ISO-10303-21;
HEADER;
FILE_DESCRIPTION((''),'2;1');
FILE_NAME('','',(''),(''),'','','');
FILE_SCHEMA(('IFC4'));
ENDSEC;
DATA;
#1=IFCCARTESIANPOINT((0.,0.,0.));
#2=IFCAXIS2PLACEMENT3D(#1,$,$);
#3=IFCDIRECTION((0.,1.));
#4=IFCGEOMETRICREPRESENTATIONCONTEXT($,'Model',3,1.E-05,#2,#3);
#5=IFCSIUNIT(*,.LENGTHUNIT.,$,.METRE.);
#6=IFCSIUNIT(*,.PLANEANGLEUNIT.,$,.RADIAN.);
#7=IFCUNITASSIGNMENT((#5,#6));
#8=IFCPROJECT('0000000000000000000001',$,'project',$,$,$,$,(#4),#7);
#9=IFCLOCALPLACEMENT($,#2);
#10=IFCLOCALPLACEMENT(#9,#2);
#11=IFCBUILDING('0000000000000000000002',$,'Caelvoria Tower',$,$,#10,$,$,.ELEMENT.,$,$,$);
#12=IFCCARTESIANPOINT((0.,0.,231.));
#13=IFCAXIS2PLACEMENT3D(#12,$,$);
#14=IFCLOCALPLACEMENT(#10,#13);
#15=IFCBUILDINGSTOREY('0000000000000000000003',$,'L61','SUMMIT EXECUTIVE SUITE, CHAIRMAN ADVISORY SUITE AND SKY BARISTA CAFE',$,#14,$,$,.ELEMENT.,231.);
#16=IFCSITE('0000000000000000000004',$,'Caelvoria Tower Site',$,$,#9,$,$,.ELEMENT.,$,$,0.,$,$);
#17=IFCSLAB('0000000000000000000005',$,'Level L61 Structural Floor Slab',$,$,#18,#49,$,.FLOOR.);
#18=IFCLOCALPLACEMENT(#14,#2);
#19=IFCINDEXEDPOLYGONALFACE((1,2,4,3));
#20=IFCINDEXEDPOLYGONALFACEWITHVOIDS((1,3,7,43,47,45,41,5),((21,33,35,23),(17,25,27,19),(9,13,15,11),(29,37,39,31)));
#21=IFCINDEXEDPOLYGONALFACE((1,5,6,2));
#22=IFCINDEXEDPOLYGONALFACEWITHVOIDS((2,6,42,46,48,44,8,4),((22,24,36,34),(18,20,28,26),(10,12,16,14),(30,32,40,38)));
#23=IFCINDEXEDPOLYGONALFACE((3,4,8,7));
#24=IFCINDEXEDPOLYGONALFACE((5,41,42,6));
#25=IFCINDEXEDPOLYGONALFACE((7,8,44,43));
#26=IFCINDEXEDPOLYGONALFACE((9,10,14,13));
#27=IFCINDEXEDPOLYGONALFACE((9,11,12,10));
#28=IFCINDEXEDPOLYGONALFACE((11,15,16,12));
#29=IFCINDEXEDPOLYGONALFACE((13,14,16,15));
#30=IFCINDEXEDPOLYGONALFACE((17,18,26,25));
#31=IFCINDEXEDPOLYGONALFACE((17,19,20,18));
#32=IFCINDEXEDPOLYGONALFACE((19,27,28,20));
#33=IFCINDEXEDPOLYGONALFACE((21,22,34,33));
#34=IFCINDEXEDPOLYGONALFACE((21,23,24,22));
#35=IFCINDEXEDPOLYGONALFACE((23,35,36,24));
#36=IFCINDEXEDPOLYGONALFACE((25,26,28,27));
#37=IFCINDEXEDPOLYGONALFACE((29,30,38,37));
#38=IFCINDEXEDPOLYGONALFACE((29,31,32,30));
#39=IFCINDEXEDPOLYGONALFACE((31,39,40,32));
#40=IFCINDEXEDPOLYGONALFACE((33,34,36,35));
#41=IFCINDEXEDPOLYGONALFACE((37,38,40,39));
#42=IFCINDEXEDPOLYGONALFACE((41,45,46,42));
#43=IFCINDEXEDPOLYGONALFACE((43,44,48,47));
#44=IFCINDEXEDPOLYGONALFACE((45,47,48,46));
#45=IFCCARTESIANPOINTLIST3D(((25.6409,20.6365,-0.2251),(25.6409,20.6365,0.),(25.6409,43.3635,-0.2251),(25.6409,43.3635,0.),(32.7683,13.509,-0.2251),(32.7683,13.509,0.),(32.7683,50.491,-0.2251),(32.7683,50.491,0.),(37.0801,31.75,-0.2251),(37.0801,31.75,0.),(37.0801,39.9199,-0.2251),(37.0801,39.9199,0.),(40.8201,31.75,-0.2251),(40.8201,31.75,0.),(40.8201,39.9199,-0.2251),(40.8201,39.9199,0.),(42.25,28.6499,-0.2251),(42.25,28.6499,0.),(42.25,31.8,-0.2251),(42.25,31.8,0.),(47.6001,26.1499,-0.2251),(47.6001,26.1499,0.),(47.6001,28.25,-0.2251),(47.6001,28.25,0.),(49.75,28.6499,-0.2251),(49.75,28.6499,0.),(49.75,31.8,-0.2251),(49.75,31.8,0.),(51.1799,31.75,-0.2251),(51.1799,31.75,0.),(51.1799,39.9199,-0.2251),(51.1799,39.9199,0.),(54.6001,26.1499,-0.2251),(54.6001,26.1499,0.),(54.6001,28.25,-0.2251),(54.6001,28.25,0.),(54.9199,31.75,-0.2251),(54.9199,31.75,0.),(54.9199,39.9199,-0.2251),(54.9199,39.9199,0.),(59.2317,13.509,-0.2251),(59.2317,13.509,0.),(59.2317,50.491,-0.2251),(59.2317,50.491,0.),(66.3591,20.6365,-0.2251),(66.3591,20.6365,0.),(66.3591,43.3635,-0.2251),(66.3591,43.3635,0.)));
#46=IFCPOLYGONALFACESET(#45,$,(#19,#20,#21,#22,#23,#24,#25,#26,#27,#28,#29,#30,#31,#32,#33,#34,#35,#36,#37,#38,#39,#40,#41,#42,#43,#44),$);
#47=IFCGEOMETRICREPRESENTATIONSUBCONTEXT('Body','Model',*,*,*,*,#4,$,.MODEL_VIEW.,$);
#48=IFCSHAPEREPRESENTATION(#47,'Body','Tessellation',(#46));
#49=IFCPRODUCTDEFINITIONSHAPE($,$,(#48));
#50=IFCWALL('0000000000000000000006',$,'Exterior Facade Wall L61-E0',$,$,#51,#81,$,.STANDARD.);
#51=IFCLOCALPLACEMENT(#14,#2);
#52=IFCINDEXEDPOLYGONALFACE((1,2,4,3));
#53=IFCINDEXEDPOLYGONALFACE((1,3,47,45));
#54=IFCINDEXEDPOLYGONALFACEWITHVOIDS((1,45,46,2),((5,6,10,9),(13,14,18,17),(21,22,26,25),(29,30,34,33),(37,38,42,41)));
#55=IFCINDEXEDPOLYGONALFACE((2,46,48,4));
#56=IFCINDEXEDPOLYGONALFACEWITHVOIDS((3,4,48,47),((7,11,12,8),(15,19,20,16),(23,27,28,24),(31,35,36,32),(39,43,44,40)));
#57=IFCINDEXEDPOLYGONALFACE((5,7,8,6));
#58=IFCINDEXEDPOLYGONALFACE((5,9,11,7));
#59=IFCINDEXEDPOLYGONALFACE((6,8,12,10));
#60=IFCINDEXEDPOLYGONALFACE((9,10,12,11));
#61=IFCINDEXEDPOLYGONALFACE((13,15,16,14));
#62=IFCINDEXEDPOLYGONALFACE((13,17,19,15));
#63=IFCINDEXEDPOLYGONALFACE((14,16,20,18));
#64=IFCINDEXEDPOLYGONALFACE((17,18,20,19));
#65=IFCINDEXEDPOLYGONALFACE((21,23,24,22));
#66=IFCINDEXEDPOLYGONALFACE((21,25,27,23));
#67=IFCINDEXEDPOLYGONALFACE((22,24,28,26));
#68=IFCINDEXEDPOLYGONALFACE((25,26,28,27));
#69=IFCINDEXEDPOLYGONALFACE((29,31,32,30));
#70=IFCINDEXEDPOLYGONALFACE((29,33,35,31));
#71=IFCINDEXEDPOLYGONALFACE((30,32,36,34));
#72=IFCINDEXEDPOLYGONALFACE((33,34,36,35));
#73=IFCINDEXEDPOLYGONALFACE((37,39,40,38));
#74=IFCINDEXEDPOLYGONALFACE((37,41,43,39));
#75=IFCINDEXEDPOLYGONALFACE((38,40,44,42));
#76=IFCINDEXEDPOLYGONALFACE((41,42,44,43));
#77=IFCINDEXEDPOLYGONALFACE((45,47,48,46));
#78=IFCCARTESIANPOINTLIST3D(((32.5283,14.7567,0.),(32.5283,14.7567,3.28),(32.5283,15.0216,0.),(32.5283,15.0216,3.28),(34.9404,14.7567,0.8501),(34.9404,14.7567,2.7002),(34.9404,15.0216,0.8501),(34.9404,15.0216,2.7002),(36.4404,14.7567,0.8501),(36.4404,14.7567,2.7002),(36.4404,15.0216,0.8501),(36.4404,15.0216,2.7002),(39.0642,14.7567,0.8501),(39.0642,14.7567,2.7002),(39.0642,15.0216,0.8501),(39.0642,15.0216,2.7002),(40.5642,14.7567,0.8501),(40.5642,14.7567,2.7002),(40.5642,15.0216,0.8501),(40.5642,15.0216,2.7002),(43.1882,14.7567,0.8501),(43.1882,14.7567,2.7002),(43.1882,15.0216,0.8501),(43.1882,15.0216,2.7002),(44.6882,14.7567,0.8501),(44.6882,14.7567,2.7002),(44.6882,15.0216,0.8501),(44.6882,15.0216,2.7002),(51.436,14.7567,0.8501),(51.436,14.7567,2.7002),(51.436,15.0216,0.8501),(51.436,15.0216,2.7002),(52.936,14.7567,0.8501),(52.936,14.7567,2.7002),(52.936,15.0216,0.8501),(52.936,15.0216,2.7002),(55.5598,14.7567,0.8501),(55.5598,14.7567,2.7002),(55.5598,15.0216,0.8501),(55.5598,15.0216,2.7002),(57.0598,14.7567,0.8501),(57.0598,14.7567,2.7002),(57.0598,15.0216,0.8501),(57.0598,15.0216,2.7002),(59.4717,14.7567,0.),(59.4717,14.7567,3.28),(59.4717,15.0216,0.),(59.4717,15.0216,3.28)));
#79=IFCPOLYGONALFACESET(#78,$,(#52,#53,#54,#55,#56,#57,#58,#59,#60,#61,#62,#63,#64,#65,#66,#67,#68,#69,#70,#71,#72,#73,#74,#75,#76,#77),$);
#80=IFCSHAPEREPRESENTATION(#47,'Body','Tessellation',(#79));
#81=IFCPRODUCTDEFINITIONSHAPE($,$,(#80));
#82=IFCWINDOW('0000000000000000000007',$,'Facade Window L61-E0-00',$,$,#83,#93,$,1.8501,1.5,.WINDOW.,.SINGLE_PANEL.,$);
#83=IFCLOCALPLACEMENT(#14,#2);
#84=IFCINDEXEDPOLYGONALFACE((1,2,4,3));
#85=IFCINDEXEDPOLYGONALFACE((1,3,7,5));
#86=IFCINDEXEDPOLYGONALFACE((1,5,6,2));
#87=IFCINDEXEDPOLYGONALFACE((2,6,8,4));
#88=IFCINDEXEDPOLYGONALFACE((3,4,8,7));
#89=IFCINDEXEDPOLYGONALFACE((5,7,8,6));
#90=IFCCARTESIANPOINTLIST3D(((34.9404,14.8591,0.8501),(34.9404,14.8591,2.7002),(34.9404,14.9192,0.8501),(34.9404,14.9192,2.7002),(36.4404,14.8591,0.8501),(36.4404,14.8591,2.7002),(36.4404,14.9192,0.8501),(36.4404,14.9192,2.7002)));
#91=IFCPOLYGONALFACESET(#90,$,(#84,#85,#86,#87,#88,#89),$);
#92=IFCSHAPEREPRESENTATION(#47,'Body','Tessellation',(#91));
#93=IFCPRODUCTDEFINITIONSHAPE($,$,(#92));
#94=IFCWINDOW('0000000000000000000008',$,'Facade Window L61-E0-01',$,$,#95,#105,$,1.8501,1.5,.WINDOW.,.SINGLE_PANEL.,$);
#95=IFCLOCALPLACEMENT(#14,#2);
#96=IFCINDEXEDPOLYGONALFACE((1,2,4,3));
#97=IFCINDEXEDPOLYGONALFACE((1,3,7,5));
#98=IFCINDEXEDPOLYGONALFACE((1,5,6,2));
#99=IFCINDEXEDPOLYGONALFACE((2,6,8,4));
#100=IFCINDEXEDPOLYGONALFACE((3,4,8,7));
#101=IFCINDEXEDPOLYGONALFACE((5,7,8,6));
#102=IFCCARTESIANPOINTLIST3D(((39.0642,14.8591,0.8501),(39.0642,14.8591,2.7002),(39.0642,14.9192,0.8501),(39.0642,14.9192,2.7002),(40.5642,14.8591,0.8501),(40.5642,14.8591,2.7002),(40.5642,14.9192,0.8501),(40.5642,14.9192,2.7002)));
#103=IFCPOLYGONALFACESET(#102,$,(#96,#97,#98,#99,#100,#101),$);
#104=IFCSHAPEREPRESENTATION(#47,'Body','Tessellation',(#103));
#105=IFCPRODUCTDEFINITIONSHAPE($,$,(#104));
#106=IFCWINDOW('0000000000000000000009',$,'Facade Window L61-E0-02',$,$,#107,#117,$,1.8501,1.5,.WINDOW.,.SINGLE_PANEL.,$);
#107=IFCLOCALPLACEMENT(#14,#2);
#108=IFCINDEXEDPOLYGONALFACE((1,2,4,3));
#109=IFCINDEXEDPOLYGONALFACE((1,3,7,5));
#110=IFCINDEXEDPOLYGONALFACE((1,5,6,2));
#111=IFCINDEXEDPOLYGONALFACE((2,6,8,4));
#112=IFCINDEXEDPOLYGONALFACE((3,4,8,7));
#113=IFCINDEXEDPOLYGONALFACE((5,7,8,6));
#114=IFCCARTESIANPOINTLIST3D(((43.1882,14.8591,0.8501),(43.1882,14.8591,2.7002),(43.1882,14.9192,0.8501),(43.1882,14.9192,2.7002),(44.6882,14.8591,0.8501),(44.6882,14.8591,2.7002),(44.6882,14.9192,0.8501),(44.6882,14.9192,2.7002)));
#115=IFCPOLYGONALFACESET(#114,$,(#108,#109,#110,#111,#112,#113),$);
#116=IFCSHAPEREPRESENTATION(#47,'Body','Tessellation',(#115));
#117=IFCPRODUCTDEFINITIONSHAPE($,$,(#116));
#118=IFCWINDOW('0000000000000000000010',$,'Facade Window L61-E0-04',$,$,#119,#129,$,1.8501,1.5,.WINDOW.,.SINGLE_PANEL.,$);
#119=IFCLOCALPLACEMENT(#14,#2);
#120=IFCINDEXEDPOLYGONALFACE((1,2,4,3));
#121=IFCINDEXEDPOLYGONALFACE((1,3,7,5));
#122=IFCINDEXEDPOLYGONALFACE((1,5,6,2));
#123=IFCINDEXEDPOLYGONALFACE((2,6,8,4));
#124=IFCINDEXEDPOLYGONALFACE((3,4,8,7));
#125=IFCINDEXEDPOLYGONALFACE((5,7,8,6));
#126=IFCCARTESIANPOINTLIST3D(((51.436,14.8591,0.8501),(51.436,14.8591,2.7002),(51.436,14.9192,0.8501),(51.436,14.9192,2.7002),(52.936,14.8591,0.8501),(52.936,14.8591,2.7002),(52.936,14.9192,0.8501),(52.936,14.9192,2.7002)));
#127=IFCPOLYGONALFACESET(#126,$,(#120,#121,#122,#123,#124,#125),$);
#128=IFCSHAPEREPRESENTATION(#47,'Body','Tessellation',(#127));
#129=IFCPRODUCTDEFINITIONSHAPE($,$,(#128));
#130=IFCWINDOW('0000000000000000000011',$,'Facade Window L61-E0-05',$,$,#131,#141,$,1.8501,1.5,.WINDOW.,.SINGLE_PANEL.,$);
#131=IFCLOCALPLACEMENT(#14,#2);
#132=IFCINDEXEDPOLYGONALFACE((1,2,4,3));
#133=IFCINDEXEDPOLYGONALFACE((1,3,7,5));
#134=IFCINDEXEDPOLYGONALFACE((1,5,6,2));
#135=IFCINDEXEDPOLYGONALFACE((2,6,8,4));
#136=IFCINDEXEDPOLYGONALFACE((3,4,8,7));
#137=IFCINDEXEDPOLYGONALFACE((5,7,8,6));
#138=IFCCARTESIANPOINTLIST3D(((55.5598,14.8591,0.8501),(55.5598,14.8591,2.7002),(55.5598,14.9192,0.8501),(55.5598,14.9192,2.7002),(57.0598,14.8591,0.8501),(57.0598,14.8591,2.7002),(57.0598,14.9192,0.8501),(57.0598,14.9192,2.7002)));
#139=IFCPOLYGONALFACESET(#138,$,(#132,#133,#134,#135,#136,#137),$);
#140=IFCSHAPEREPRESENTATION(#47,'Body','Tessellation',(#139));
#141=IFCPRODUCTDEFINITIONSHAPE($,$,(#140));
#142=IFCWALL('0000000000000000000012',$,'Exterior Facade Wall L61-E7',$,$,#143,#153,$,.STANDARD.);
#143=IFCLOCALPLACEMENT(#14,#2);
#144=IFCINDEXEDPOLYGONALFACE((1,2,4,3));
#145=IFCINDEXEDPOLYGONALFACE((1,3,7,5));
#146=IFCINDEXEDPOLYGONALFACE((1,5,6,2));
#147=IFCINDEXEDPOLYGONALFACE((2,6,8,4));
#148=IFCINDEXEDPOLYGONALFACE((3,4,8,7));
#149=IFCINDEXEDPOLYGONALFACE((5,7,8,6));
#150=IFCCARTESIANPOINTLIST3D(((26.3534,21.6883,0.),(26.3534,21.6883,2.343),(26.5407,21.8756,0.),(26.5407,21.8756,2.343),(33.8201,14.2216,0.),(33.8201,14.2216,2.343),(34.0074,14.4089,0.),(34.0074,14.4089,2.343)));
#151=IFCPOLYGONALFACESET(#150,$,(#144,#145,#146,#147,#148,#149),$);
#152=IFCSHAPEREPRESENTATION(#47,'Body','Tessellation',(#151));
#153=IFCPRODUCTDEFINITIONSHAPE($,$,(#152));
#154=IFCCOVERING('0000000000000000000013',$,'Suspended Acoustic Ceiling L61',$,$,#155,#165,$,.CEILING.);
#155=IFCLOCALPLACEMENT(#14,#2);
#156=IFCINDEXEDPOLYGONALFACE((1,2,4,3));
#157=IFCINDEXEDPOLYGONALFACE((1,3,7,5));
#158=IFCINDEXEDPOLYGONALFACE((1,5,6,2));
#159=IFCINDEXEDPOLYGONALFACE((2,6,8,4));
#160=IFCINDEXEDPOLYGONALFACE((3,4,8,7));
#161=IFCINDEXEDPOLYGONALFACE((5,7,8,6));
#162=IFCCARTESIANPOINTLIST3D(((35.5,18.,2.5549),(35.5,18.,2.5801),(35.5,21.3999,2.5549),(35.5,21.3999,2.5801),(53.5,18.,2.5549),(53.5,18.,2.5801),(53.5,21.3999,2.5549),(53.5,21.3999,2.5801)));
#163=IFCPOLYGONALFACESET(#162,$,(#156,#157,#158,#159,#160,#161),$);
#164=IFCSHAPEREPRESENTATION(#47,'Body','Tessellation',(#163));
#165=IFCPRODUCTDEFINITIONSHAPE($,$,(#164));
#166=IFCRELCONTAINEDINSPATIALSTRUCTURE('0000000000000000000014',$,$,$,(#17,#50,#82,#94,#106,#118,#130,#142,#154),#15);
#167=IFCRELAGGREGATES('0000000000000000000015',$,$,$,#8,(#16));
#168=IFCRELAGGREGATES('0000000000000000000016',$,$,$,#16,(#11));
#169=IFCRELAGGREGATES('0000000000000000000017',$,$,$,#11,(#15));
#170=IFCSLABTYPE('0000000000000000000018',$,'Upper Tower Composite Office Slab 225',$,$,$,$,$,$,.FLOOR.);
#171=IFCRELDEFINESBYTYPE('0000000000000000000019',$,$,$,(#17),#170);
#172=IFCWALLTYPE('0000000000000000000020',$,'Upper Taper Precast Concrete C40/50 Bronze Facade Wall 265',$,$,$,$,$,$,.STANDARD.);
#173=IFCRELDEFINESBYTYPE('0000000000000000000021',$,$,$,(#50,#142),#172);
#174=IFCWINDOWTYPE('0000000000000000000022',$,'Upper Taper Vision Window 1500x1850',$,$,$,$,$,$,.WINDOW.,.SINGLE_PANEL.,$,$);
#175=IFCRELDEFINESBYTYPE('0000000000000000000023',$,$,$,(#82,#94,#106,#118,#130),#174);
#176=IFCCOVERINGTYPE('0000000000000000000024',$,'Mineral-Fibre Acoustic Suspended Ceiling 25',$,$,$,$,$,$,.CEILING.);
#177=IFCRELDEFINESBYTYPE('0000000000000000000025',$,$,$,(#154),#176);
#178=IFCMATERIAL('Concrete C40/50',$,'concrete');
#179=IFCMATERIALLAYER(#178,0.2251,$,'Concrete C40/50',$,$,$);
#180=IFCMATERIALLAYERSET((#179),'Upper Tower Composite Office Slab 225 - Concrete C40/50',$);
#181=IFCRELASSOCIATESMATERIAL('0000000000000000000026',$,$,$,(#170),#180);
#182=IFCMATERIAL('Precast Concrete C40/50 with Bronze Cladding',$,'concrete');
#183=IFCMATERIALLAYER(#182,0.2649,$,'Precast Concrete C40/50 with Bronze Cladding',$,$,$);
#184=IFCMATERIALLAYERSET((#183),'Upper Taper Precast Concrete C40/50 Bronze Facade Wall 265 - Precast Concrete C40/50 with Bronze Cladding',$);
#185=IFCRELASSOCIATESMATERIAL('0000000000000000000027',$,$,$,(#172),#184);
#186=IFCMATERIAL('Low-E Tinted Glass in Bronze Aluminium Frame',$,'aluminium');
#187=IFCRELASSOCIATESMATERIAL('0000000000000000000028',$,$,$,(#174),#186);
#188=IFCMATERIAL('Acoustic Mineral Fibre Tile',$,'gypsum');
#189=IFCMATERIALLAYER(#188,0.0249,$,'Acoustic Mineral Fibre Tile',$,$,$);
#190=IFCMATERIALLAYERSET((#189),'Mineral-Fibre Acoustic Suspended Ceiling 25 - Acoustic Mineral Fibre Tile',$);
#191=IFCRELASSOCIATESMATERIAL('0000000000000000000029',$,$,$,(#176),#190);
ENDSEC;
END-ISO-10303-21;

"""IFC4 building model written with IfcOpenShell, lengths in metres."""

from ifc_helpers import new_model, si_unit, direction, frame, frame_2d, origin, place, context, subcontext, project, spatial, polyline, rectangle, outline, extrude, material, layer, layer_set, type_object, element, fill, save


model = new_model("IFC4")

# Units and contexts
model_context = context("Model", 3, precision=1e-05, world=origin(), true_north=direction((0.0, 1.0)))
body_context = subcontext(model_context, "Body", "Model", "MODEL_VIEW")
ifc_project = project(units=[si_unit("LENGTHUNIT", "METRE"), si_unit("PLANEANGLEUNIT", "RADIAN")], contexts=[model_context])

# Site, building, storey
site_placement = place(None, origin())
site = spatial("IfcSite", under=ifc_project, at=site_placement, Name="Caelvoria Tower Site", CompositionType="ELEMENT", RefElevation=0.0)
building_placement = place(site_placement, origin())
building = spatial("IfcBuilding", under=site, at=building_placement, Name="Caelvoria Tower", CompositionType="ELEMENT")
storey_placement = place(building_placement, frame((0.0, 0.0, 231.0)))
storey = spatial("IfcBuildingStorey", under=building, at=storey_placement, Name="L61", Description="SUMMIT EXECUTIVE SUITE, CHAIRMAN ADVISORY SUITE AND SKY BARISTA CAFE", CompositionType="ELEMENT", Elevation=231.0)

# Shared definitions
ifc_material_1 = material(Name="Concrete C40/50", Category="concrete")

# Slab
ifc_layer_1 = layer(ifc_material_1, 0.2251, Name="Concrete C40/50")
ifc_layer_set_1 = layer_set([ifc_layer_1], Name="Upper Tower Composite Office Slab 225 - Concrete C40/50")
slab_type_1 = type_object("IfcSlabType", Name="Upper Tower Composite Office Slab 225", PredefinedType="FLOOR", material=ifc_layer_set_1)
slab_1_placement = place(storey_placement, frame((0.0, 0.0, -0.2251)))
element("IfcSlab", 1, at=slab_1_placement, inside=storey, type_object=slab_type_1, Name="Level L61 Structural Floor Slab", PredefinedType="FLOOR", context=body_context, shape_type="SweptSolid", body=[
    extrude(outline(polyline([(32.7683, 13.509), (59.2317, 13.509), (66.3591, 20.6365), (66.3591, 43.3635), (59.2317, 50.491), (32.7683, 50.491), (25.6409, 43.3635), (25.6409, 20.6365), (32.7683, 13.509)]), holes=[polyline([(37.0801, 31.75), (40.8201, 31.75), (40.8201, 39.9199), (37.0801, 39.9199), (37.0801, 31.75)]), polyline([(51.1799, 31.75), (54.9199, 31.75), (54.9199, 39.9199), (51.1799, 39.9199), (51.1799, 31.75)]), polyline([(42.25, 28.6499), (49.75, 28.6499), (49.75, 31.8), (42.25, 31.8), (42.25, 28.6499)]), polyline([(47.6001, 26.1499), (54.6001, 26.1499), (54.6001, 28.25), (47.6001, 28.25), (47.6001, 26.1499)])]), origin(), (0.0, 0.0, 1.0), 0.2251),
])

# Wall, openings, windows
ifc_material_2 = material(Name="Precast Concrete C40/50 with Bronze Cladding", Category="concrete")
ifc_layer_2 = layer(ifc_material_2, 0.2649, Name="Precast Concrete C40/50 with Bronze Cladding")
ifc_layer_set_2 = layer_set([ifc_layer_2], Name="Upper Taper Precast Concrete C40/50 Bronze Facade Wall 265 - Precast Concrete C40/50 with Bronze Cladding")
wall_type = type_object("IfcWallType", Name="Upper Taper Precast Concrete C40/50 Bronze Facade Wall 265", PredefinedType="STANDARD", material=ifc_layer_set_2)
wall_1_placement = place(storey_placement, frame((32.5283, 14.8892, 0.0), z_axis=(0.0, 0.0, 1.0), x_axis=(1.0, 0.0, 0.0)))
wall_1 = element("IfcWall", 2, at=wall_1_placement, inside=storey, type_object=wall_type, Name="Exterior Facade Wall L61-E0", PredefinedType="STANDARD", context=body_context, shape_type="SweptSolid", body=[
    extrude(rectangle(XDim=26.9434, YDim=0.2649, at=frame_2d((13.4717, 0.0))), origin(), (0.0, 0.0, 1.0), 3.28),
])
opening_1_placement = place(wall_1_placement, frame((2.4121, 0.0, 0.8501)))
opening_1 = element("IfcOpeningElement", 3, at=opening_1_placement, cuts=wall_1, PredefinedType="OPENING", context=body_context, shape_type="SweptSolid", body=[
    extrude(rectangle(XDim=1.5, YDim=1.8501, at=frame_2d((0.75, 0.925))), frame((0.0, 0.1423, 0.0), z_axis=(0.0, -1.0, 0.0), x_axis=(1.0, 0.0, 0.0)), (0.0, 0.0, 1.0), 0.2849),
])
opening_2_placement = place(wall_1_placement, frame((6.5359, 0.0, 0.8501)))
opening_2 = element("IfcOpeningElement", 4, at=opening_2_placement, cuts=wall_1, PredefinedType="OPENING", context=body_context, shape_type="SweptSolid", body=[
    extrude(rectangle(XDim=1.5, YDim=1.8501, at=frame_2d((0.75, 0.925))), frame((0.0, 0.1423, 0.0), z_axis=(0.0, -1.0, 0.0), x_axis=(1.0, 0.0, 0.0)), (0.0, 0.0, 1.0), 0.2849),
])
opening_3_placement = place(wall_1_placement, frame((10.6599, 0.0, 0.8501)))
opening_3 = element("IfcOpeningElement", 5, at=opening_3_placement, cuts=wall_1, PredefinedType="OPENING", context=body_context, shape_type="SweptSolid", body=[
    extrude(rectangle(XDim=1.5, YDim=1.8501, at=frame_2d((0.75, 0.925))), frame((0.0, 0.1423, 0.0), z_axis=(0.0, -1.0, 0.0), x_axis=(1.0, 0.0, 0.0)), (0.0, 0.0, 1.0), 0.2849),
])
opening_4_placement = place(wall_1_placement, frame((18.9077, 0.0, 0.8501)))
opening_4 = element("IfcOpeningElement", 6, at=opening_4_placement, cuts=wall_1, PredefinedType="OPENING", context=body_context, shape_type="SweptSolid", body=[
    extrude(rectangle(XDim=1.5, YDim=1.8501, at=frame_2d((0.75, 0.925))), frame((0.0, 0.1423, 0.0), z_axis=(0.0, -1.0, 0.0), x_axis=(1.0, 0.0, 0.0)), (0.0, 0.0, 1.0), 0.2849),
])
opening_5_placement = place(wall_1_placement, frame((23.0315, 0.0, 0.8501)))
opening_5 = element("IfcOpeningElement", 7, at=opening_5_placement, cuts=wall_1, PredefinedType="OPENING", context=body_context, shape_type="SweptSolid", body=[
    extrude(rectangle(XDim=1.5, YDim=1.8501, at=frame_2d((0.75, 0.925))), frame((0.0, 0.1423, 0.0), z_axis=(0.0, -1.0, 0.0), x_axis=(1.0, 0.0, 0.0)), (0.0, 0.0, 1.0), 0.2849),
])
ifc_material_3 = material(Name="Low-E Tinted Glass in Bronze Aluminium Frame", Category="aluminium")
window_type = type_object("IfcWindowType", Name="Upper Taper Vision Window 1500x1850", PartitioningType="SINGLE_PANEL", PredefinedType="WINDOW", material=ifc_material_3)
window_1_placement = place(opening_1_placement, origin())
window_1 = element("IfcWindow", 8, at=window_1_placement, inside=storey, type_object=window_type, Name="Facade Window L61-E0-00", OverallHeight=1.8501, OverallWidth=1.5, PartitioningType="SINGLE_PANEL", PredefinedType="WINDOW", context=body_context, shape_type="SweptSolid", body=[
    extrude(rectangle(XDim=1.5, YDim=1.8501, at=frame_2d((0.75, 0.925))), frame((0.0, 0.03, 0.0), z_axis=(0.0, -1.0, 0.0), x_axis=(1.0, 0.0, 0.0)), (0.0, 0.0, 1.0), 0.0601),
])
fill(opening_1, window_1)
window_2_placement = place(opening_2_placement, origin())
window_2 = element("IfcWindow", 9, at=window_2_placement, inside=storey, type_object=window_type, Name="Facade Window L61-E0-01", OverallHeight=1.8501, OverallWidth=1.5, PartitioningType="SINGLE_PANEL", PredefinedType="WINDOW", context=body_context, shape_type="SweptSolid", body=[
    extrude(rectangle(XDim=1.5, YDim=1.8501, at=frame_2d((0.75, 0.925))), frame((0.0, 0.03, 0.0), z_axis=(0.0, -1.0, 0.0), x_axis=(1.0, 0.0, 0.0)), (0.0, 0.0, 1.0), 0.0601),
])
fill(opening_2, window_2)
window_3_placement = place(opening_3_placement, origin())
window_3 = element("IfcWindow", 10, at=window_3_placement, inside=storey, type_object=window_type, Name="Facade Window L61-E0-02", OverallHeight=1.8501, OverallWidth=1.5, PartitioningType="SINGLE_PANEL", PredefinedType="WINDOW", context=body_context, shape_type="SweptSolid", body=[
    extrude(rectangle(XDim=1.5, YDim=1.8501, at=frame_2d((0.75, 0.925))), frame((0.0, 0.03, 0.0), z_axis=(0.0, -1.0, 0.0), x_axis=(1.0, 0.0, 0.0)), (0.0, 0.0, 1.0), 0.0601),
])
fill(opening_3, window_3)
window_4_placement = place(opening_4_placement, origin())
window_4 = element("IfcWindow", 11, at=window_4_placement, inside=storey, type_object=window_type, Name="Facade Window L61-E0-04", OverallHeight=1.8501, OverallWidth=1.5, PartitioningType="SINGLE_PANEL", PredefinedType="WINDOW", context=body_context, shape_type="SweptSolid", body=[
    extrude(rectangle(XDim=1.5, YDim=1.8501, at=frame_2d((0.75, 0.925))), frame((0.0, 0.03, 0.0), z_axis=(0.0, -1.0, 0.0), x_axis=(1.0, 0.0, 0.0)), (0.0, 0.0, 1.0), 0.0601),
])
fill(opening_4, window_4)
window_5_placement = place(opening_5_placement, origin())
window_5 = element("IfcWindow", 12, at=window_5_placement, inside=storey, type_object=window_type, Name="Facade Window L61-E0-05", OverallHeight=1.8501, OverallWidth=1.5, PartitioningType="SINGLE_PANEL", PredefinedType="WINDOW", context=body_context, shape_type="SweptSolid", body=[
    extrude(rectangle(XDim=1.5, YDim=1.8501, at=frame_2d((0.75, 0.925))), frame((0.0, 0.03, 0.0), z_axis=(0.0, -1.0, 0.0), x_axis=(1.0, 0.0, 0.0)), (0.0, 0.0, 1.0), 0.0601),
])
fill(opening_5, window_5)

# Wall
wall_2_placement = place(storey_placement, frame((26.447, 21.782, 0.0), z_axis=(0.0, 0.0, 1.0), x_axis=(0.707107, -0.707107, 0.0)))
element("IfcWall", 13, at=wall_2_placement, inside=storey, type_object=wall_type, Name="Exterior Facade Wall L61-E7", PredefinedType="STANDARD", context=body_context, shape_type="SweptSolid", body=[
    extrude(rectangle(XDim=10.5596, YDim=0.2649, at=frame_2d((5.2798, 0.0))), origin(), (0.0, 0.0, 1.0), 2.343),
])

# Covering
ifc_material_4 = material(Name="Acoustic Mineral Fibre Tile", Category="gypsum")
ifc_layer_3 = layer(ifc_material_4, 0.0249, Name="Acoustic Mineral Fibre Tile")
ifc_layer_set_3 = layer_set([ifc_layer_3], Name="Mineral-Fibre Acoustic Suspended Ceiling 25 - Acoustic Mineral Fibre Tile")
covering_type_1 = type_object("IfcCoveringType", Name="Mineral-Fibre Acoustic Suspended Ceiling 25", PredefinedType="CEILING", material=ifc_layer_set_3)
covering_1_placement = place(storey_placement, frame((0.0, 0.0, 2.5549)))
element("IfcCovering", 14, at=covering_1_placement, inside=storey, type_object=covering_type_1, Name="Suspended Acoustic Ceiling L61", PredefinedType="CEILING", context=body_context, shape_type="SweptSolid", body=[
    extrude(outline(polyline([(35.5, 18.0), (53.5, 18.0), (53.5, 21.3999), (35.5, 21.3999), (35.5, 18.0)])), origin(), (0.0, 0.0, 1.0), 0.0251),
])

save(model, "model.ifc")
